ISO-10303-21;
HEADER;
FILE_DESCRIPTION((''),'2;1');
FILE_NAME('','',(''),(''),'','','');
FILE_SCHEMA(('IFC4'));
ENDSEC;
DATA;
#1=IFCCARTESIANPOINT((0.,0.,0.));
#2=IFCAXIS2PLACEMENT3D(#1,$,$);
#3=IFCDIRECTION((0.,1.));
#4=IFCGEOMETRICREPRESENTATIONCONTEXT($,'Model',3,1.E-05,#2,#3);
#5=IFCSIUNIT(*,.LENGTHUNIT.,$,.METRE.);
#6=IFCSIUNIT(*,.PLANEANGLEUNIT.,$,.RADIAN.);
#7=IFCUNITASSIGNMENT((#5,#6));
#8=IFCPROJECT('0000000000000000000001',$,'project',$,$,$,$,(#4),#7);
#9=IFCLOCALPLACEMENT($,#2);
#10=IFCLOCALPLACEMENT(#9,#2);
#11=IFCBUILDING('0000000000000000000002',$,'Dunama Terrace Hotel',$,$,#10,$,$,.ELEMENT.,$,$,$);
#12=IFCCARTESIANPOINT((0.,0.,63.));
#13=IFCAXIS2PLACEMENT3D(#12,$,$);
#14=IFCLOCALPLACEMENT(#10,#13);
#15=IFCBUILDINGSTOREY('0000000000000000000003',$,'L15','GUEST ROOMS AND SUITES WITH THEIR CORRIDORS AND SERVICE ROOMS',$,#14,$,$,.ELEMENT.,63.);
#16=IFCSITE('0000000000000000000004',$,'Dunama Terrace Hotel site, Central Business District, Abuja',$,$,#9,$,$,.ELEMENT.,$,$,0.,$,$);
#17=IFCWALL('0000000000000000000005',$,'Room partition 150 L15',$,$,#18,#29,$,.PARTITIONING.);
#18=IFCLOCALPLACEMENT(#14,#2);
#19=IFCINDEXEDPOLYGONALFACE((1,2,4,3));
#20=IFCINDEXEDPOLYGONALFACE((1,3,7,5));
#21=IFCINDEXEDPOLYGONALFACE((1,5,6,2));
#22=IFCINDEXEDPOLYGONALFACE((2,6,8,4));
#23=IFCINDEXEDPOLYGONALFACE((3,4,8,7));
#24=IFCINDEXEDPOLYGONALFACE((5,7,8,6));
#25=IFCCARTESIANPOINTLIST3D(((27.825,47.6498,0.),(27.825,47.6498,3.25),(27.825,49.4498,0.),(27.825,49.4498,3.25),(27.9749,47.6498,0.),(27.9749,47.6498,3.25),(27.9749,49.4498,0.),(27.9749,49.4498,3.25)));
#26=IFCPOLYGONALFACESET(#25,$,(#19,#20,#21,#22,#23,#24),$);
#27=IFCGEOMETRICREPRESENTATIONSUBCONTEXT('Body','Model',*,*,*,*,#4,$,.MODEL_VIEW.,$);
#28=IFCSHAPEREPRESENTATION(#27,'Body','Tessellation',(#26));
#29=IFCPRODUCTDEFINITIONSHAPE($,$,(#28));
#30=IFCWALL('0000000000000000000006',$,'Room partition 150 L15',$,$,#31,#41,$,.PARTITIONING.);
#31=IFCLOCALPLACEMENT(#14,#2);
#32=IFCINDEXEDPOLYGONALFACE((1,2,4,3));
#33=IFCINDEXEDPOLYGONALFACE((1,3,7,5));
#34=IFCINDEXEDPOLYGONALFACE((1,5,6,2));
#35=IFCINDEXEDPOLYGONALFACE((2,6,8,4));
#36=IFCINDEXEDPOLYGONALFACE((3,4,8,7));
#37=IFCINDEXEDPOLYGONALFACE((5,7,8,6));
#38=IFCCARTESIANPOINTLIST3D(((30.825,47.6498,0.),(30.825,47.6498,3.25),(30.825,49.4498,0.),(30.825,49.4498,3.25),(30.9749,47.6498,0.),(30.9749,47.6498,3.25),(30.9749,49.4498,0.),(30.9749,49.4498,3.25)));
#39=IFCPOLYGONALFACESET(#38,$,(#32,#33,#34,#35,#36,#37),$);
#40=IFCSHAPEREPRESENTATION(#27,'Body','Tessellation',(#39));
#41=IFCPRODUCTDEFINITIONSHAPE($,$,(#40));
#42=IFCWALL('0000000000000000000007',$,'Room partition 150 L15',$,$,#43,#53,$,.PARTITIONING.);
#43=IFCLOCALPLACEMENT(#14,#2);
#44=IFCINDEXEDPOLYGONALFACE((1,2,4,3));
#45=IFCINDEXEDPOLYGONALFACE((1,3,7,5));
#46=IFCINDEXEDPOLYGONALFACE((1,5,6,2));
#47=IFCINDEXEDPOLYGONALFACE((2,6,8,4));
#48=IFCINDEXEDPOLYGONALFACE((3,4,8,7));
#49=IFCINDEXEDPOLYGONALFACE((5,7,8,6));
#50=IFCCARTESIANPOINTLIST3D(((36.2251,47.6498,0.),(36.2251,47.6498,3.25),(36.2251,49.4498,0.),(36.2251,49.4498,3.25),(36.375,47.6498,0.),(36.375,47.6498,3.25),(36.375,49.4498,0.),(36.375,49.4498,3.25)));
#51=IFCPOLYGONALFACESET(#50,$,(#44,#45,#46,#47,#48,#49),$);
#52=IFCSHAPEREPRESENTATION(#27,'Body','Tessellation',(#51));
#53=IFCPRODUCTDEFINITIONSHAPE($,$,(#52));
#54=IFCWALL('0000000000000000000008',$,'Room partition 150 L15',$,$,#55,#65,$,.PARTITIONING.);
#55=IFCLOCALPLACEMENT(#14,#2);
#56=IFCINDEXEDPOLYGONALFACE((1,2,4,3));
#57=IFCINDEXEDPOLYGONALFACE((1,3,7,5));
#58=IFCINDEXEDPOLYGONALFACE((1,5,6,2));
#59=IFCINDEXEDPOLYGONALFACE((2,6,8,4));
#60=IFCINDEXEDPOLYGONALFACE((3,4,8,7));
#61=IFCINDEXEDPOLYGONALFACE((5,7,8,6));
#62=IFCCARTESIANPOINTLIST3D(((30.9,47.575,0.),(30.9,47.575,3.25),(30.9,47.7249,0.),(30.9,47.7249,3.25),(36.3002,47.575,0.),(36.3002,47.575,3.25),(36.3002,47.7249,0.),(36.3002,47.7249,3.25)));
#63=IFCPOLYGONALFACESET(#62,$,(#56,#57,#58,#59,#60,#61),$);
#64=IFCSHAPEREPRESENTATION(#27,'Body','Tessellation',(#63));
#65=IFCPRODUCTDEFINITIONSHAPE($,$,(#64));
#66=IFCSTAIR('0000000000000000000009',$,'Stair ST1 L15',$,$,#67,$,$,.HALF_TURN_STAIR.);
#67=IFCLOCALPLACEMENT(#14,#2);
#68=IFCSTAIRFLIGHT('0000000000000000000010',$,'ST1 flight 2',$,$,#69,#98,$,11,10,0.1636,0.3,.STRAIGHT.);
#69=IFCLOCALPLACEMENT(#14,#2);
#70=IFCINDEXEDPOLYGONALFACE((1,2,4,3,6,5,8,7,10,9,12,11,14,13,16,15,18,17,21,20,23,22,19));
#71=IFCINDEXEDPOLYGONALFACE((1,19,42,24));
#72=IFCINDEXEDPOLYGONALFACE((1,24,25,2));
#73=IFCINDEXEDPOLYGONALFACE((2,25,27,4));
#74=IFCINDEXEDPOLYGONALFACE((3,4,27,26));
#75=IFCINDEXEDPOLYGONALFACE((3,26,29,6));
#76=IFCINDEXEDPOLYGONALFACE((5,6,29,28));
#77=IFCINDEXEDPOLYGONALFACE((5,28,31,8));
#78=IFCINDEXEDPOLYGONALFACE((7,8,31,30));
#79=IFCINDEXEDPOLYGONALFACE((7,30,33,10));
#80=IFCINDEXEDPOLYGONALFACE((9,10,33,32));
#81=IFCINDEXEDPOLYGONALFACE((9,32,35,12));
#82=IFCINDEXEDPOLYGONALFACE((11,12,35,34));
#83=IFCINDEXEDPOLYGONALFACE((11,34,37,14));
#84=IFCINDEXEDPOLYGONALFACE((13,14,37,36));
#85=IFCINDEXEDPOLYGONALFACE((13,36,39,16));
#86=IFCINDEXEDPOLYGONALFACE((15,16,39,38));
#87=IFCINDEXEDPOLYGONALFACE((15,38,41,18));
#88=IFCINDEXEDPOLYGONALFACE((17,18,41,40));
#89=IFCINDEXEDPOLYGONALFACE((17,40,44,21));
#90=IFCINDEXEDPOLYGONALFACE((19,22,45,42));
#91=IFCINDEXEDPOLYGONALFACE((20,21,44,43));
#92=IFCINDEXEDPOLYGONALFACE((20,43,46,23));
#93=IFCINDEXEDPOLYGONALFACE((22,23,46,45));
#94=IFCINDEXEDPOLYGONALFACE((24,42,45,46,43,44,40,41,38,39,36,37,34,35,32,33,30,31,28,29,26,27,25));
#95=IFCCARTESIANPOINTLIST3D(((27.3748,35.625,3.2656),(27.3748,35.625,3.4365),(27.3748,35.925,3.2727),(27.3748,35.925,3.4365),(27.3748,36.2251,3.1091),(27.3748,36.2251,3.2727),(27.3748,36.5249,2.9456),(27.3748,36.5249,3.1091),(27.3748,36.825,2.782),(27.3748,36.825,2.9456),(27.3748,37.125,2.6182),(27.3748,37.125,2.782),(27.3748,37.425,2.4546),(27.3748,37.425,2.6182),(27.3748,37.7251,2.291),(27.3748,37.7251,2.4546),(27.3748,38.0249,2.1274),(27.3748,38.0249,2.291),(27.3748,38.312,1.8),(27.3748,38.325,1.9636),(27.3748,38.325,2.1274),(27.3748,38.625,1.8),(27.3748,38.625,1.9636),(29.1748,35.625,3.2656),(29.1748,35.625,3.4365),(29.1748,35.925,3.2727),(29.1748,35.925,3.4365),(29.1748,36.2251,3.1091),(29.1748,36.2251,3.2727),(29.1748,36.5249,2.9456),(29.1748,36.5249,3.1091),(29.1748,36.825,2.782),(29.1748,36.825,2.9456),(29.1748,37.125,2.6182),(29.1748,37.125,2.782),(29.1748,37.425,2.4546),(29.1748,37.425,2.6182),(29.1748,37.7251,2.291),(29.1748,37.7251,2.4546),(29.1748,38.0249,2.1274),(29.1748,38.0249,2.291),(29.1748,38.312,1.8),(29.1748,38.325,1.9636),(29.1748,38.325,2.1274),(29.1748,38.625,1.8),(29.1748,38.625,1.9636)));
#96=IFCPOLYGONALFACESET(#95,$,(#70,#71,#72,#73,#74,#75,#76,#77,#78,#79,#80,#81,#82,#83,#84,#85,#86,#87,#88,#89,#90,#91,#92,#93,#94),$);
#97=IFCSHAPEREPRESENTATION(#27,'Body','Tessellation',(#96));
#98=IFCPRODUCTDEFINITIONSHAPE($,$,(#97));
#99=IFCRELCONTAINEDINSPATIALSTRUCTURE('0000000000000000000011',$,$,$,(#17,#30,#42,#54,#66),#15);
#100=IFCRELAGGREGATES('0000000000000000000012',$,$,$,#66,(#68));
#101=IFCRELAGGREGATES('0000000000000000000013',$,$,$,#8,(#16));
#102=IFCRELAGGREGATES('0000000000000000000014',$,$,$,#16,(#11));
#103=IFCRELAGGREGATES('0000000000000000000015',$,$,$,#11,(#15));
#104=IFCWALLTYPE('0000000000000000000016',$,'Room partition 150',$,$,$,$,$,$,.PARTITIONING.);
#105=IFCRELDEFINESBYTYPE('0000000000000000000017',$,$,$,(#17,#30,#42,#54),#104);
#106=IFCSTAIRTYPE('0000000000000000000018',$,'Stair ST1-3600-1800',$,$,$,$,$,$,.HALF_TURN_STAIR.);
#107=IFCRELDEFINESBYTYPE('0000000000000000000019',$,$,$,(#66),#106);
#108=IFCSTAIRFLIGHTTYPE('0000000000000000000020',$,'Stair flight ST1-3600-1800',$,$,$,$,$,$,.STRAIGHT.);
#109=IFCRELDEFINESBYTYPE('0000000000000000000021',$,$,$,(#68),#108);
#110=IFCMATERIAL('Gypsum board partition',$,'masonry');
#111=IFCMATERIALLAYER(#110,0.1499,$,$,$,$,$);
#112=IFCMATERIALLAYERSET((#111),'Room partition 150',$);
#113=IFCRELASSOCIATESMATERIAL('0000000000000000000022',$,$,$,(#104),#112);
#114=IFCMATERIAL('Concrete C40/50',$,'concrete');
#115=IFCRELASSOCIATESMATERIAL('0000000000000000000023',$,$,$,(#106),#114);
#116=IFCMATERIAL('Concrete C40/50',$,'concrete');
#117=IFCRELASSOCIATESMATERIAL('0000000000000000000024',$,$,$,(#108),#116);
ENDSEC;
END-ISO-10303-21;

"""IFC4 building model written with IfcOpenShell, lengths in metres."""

from ifc_helpers import new_model, si_unit, direction, frame, frame_2d, origin, place, context, subcontext, project, spatial, polyline, rectangle, outline, extrude, material, layer, layer_set, type_object, element, aggregate, save


model = new_model("IFC4")

# Units and contexts
model_context = context("Model", 3, precision=1e-05, world=origin(), true_north=direction((0.0, 1.0)))
body_context = subcontext(model_context, "Body", "Model", "MODEL_VIEW")
ifc_project = project(units=[si_unit("LENGTHUNIT", "METRE"), si_unit("PLANEANGLEUNIT", "RADIAN")], contexts=[model_context])

# Site, building, storey
site_placement = place(None, origin())
site = spatial("IfcSite", under=ifc_project, at=site_placement, Name="Dunama Terrace Hotel site, Central Business District, Abuja", CompositionType="ELEMENT", RefElevation=0.0)
building_placement = place(site_placement, origin())
building = spatial("IfcBuilding", under=site, at=building_placement, Name="Dunama Terrace Hotel", CompositionType="ELEMENT")
storey_placement = place(building_placement, frame((0.0, 0.0, 63.0)))
storey = spatial("IfcBuildingStorey", under=building, at=storey_placement, Name="L15", Description="GUEST ROOMS AND SUITES WITH THEIR CORRIDORS AND SERVICE ROOMS", CompositionType="ELEMENT", Elevation=63.0)

# Walls
ifc_material_1 = material(Name="Gypsum board partition", Category="masonry")
ifc_layer_1 = layer(ifc_material_1, 0.1499)
ifc_layer_set_1 = layer_set([ifc_layer_1], Name="Room partition 150")
wall_type_1 = type_object("IfcWallType", Name="Room partition 150", PredefinedType="PARTITIONING", material=ifc_layer_set_1)
for number, where, z_axis, x_axis, name in (
    (1, (27.8999, 47.6499, 0.0), (0.0, 0.0, 1.0), (0.0, 1.0, 0.0), "Room partition 150 L15"),
    (2, (30.8999, 47.6499, 0.0), (0.0, 0.0, 1.0), (0.0, 1.0, 0.0), "Room partition 150 L15"),
    (3, (36.3, 47.6499, 0.0), (0.0, 0.0, 1.0), (0.0, 1.0, 0.0), "Room partition 150 L15"),
):
    element("IfcWall", number, at=place(storey_placement, frame(where, z_axis=z_axis, x_axis=x_axis)), inside=storey, type_object=wall_type_1, Name=name, PredefinedType="PARTITIONING", context=body_context, shape_type="SweptSolid", body=[
        extrude(rectangle(XDim=1.8, YDim=0.1499, at=frame_2d((0.8999, 0.0))), origin(), (0.0, 0.0, 1.0), 3.25),
    ])
wall_1_placement = place(storey_placement, frame((30.8999, 47.6499, 0.0), z_axis=(0.0, 0.0, 1.0), x_axis=(1.0, 0.0, 0.0)))
element("IfcWall", 4, at=wall_1_placement, inside=storey, type_object=wall_type_1, Name="Room partition 150 L15", PredefinedType="PARTITIONING", context=body_context, shape_type="SweptSolid", body=[
    extrude(rectangle(XDim=5.4001, YDim=0.1499, at=frame_2d((2.7002, 0.0))), origin(), (0.0, 0.0, 1.0), 3.25),
])

# Stair, stair flight
ifc_material_2 = material(Name="Concrete C40/50", Category="concrete")
stair_type = type_object("IfcStairType", Name="Stair ST1-3600-1800", PredefinedType="HALF_TURN_STAIR", material=ifc_material_2)
stair_placement = place(storey_placement, origin())
stair = element("IfcStair", 5, at=stair_placement, inside=storey, type_object=stair_type, Name="Stair ST1 L15", PredefinedType="HALF_TURN_STAIR")
ifc_material_3 = material(Name="Concrete C40/50", Category="concrete")
stair_flight_type = type_object("IfcStairFlightType", Name="Stair flight ST1-3600-1800", PredefinedType="STRAIGHT", material=ifc_material_3)
stair_flight_placement = place(storey_placement, frame((28.2749, 38.625, 1.8), z_axis=(0.0, 0.0, 1.0), x_axis=(0.0, -1.0, 0.0)))
stair_flight = element("IfcStairFlight", 6, at=stair_flight_placement, type_object=stair_flight_type, Name="ST1 flight 2", NumberOfRisers=11, NumberOfTreads=10, PredefinedType="STRAIGHT", RiserHeight=0.1636, TreadLength=0.3, context=body_context, shape_type="SweptSolid", body=[
    extrude(outline(polyline([(0.0, 0.0), (0.0, 0.1636), (0.3, 0.1636), (0.3, 0.3274), (0.6001, 0.3274), (0.6001, 0.491), (0.8999, 0.491), (0.8999, 0.6545), (1.2, 0.6545), (1.2, 0.8181), (1.5, 0.8181), (1.5, 0.9819), (1.8, 0.9819), (1.8, 1.1455), (2.1001, 1.1455), (2.1001, 1.3091), (2.3999, 1.3091), (2.3999, 1.4727), (2.7, 1.4727), (2.7, 1.6365), (3.0, 1.6365), (3.0, 1.8), (3.0, 1.4656), (0.313, 0.0), (0.0, 0.0)])), frame((0.0, 0.8999, 0.0), z_axis=(0.0, -1.0, 0.0), x_axis=(1.0, 0.0, 0.0)), (0.0, 0.0, 1.0), 1.8),
])
aggregate(stair, [stair_flight])

save(model, "model.ifc")
